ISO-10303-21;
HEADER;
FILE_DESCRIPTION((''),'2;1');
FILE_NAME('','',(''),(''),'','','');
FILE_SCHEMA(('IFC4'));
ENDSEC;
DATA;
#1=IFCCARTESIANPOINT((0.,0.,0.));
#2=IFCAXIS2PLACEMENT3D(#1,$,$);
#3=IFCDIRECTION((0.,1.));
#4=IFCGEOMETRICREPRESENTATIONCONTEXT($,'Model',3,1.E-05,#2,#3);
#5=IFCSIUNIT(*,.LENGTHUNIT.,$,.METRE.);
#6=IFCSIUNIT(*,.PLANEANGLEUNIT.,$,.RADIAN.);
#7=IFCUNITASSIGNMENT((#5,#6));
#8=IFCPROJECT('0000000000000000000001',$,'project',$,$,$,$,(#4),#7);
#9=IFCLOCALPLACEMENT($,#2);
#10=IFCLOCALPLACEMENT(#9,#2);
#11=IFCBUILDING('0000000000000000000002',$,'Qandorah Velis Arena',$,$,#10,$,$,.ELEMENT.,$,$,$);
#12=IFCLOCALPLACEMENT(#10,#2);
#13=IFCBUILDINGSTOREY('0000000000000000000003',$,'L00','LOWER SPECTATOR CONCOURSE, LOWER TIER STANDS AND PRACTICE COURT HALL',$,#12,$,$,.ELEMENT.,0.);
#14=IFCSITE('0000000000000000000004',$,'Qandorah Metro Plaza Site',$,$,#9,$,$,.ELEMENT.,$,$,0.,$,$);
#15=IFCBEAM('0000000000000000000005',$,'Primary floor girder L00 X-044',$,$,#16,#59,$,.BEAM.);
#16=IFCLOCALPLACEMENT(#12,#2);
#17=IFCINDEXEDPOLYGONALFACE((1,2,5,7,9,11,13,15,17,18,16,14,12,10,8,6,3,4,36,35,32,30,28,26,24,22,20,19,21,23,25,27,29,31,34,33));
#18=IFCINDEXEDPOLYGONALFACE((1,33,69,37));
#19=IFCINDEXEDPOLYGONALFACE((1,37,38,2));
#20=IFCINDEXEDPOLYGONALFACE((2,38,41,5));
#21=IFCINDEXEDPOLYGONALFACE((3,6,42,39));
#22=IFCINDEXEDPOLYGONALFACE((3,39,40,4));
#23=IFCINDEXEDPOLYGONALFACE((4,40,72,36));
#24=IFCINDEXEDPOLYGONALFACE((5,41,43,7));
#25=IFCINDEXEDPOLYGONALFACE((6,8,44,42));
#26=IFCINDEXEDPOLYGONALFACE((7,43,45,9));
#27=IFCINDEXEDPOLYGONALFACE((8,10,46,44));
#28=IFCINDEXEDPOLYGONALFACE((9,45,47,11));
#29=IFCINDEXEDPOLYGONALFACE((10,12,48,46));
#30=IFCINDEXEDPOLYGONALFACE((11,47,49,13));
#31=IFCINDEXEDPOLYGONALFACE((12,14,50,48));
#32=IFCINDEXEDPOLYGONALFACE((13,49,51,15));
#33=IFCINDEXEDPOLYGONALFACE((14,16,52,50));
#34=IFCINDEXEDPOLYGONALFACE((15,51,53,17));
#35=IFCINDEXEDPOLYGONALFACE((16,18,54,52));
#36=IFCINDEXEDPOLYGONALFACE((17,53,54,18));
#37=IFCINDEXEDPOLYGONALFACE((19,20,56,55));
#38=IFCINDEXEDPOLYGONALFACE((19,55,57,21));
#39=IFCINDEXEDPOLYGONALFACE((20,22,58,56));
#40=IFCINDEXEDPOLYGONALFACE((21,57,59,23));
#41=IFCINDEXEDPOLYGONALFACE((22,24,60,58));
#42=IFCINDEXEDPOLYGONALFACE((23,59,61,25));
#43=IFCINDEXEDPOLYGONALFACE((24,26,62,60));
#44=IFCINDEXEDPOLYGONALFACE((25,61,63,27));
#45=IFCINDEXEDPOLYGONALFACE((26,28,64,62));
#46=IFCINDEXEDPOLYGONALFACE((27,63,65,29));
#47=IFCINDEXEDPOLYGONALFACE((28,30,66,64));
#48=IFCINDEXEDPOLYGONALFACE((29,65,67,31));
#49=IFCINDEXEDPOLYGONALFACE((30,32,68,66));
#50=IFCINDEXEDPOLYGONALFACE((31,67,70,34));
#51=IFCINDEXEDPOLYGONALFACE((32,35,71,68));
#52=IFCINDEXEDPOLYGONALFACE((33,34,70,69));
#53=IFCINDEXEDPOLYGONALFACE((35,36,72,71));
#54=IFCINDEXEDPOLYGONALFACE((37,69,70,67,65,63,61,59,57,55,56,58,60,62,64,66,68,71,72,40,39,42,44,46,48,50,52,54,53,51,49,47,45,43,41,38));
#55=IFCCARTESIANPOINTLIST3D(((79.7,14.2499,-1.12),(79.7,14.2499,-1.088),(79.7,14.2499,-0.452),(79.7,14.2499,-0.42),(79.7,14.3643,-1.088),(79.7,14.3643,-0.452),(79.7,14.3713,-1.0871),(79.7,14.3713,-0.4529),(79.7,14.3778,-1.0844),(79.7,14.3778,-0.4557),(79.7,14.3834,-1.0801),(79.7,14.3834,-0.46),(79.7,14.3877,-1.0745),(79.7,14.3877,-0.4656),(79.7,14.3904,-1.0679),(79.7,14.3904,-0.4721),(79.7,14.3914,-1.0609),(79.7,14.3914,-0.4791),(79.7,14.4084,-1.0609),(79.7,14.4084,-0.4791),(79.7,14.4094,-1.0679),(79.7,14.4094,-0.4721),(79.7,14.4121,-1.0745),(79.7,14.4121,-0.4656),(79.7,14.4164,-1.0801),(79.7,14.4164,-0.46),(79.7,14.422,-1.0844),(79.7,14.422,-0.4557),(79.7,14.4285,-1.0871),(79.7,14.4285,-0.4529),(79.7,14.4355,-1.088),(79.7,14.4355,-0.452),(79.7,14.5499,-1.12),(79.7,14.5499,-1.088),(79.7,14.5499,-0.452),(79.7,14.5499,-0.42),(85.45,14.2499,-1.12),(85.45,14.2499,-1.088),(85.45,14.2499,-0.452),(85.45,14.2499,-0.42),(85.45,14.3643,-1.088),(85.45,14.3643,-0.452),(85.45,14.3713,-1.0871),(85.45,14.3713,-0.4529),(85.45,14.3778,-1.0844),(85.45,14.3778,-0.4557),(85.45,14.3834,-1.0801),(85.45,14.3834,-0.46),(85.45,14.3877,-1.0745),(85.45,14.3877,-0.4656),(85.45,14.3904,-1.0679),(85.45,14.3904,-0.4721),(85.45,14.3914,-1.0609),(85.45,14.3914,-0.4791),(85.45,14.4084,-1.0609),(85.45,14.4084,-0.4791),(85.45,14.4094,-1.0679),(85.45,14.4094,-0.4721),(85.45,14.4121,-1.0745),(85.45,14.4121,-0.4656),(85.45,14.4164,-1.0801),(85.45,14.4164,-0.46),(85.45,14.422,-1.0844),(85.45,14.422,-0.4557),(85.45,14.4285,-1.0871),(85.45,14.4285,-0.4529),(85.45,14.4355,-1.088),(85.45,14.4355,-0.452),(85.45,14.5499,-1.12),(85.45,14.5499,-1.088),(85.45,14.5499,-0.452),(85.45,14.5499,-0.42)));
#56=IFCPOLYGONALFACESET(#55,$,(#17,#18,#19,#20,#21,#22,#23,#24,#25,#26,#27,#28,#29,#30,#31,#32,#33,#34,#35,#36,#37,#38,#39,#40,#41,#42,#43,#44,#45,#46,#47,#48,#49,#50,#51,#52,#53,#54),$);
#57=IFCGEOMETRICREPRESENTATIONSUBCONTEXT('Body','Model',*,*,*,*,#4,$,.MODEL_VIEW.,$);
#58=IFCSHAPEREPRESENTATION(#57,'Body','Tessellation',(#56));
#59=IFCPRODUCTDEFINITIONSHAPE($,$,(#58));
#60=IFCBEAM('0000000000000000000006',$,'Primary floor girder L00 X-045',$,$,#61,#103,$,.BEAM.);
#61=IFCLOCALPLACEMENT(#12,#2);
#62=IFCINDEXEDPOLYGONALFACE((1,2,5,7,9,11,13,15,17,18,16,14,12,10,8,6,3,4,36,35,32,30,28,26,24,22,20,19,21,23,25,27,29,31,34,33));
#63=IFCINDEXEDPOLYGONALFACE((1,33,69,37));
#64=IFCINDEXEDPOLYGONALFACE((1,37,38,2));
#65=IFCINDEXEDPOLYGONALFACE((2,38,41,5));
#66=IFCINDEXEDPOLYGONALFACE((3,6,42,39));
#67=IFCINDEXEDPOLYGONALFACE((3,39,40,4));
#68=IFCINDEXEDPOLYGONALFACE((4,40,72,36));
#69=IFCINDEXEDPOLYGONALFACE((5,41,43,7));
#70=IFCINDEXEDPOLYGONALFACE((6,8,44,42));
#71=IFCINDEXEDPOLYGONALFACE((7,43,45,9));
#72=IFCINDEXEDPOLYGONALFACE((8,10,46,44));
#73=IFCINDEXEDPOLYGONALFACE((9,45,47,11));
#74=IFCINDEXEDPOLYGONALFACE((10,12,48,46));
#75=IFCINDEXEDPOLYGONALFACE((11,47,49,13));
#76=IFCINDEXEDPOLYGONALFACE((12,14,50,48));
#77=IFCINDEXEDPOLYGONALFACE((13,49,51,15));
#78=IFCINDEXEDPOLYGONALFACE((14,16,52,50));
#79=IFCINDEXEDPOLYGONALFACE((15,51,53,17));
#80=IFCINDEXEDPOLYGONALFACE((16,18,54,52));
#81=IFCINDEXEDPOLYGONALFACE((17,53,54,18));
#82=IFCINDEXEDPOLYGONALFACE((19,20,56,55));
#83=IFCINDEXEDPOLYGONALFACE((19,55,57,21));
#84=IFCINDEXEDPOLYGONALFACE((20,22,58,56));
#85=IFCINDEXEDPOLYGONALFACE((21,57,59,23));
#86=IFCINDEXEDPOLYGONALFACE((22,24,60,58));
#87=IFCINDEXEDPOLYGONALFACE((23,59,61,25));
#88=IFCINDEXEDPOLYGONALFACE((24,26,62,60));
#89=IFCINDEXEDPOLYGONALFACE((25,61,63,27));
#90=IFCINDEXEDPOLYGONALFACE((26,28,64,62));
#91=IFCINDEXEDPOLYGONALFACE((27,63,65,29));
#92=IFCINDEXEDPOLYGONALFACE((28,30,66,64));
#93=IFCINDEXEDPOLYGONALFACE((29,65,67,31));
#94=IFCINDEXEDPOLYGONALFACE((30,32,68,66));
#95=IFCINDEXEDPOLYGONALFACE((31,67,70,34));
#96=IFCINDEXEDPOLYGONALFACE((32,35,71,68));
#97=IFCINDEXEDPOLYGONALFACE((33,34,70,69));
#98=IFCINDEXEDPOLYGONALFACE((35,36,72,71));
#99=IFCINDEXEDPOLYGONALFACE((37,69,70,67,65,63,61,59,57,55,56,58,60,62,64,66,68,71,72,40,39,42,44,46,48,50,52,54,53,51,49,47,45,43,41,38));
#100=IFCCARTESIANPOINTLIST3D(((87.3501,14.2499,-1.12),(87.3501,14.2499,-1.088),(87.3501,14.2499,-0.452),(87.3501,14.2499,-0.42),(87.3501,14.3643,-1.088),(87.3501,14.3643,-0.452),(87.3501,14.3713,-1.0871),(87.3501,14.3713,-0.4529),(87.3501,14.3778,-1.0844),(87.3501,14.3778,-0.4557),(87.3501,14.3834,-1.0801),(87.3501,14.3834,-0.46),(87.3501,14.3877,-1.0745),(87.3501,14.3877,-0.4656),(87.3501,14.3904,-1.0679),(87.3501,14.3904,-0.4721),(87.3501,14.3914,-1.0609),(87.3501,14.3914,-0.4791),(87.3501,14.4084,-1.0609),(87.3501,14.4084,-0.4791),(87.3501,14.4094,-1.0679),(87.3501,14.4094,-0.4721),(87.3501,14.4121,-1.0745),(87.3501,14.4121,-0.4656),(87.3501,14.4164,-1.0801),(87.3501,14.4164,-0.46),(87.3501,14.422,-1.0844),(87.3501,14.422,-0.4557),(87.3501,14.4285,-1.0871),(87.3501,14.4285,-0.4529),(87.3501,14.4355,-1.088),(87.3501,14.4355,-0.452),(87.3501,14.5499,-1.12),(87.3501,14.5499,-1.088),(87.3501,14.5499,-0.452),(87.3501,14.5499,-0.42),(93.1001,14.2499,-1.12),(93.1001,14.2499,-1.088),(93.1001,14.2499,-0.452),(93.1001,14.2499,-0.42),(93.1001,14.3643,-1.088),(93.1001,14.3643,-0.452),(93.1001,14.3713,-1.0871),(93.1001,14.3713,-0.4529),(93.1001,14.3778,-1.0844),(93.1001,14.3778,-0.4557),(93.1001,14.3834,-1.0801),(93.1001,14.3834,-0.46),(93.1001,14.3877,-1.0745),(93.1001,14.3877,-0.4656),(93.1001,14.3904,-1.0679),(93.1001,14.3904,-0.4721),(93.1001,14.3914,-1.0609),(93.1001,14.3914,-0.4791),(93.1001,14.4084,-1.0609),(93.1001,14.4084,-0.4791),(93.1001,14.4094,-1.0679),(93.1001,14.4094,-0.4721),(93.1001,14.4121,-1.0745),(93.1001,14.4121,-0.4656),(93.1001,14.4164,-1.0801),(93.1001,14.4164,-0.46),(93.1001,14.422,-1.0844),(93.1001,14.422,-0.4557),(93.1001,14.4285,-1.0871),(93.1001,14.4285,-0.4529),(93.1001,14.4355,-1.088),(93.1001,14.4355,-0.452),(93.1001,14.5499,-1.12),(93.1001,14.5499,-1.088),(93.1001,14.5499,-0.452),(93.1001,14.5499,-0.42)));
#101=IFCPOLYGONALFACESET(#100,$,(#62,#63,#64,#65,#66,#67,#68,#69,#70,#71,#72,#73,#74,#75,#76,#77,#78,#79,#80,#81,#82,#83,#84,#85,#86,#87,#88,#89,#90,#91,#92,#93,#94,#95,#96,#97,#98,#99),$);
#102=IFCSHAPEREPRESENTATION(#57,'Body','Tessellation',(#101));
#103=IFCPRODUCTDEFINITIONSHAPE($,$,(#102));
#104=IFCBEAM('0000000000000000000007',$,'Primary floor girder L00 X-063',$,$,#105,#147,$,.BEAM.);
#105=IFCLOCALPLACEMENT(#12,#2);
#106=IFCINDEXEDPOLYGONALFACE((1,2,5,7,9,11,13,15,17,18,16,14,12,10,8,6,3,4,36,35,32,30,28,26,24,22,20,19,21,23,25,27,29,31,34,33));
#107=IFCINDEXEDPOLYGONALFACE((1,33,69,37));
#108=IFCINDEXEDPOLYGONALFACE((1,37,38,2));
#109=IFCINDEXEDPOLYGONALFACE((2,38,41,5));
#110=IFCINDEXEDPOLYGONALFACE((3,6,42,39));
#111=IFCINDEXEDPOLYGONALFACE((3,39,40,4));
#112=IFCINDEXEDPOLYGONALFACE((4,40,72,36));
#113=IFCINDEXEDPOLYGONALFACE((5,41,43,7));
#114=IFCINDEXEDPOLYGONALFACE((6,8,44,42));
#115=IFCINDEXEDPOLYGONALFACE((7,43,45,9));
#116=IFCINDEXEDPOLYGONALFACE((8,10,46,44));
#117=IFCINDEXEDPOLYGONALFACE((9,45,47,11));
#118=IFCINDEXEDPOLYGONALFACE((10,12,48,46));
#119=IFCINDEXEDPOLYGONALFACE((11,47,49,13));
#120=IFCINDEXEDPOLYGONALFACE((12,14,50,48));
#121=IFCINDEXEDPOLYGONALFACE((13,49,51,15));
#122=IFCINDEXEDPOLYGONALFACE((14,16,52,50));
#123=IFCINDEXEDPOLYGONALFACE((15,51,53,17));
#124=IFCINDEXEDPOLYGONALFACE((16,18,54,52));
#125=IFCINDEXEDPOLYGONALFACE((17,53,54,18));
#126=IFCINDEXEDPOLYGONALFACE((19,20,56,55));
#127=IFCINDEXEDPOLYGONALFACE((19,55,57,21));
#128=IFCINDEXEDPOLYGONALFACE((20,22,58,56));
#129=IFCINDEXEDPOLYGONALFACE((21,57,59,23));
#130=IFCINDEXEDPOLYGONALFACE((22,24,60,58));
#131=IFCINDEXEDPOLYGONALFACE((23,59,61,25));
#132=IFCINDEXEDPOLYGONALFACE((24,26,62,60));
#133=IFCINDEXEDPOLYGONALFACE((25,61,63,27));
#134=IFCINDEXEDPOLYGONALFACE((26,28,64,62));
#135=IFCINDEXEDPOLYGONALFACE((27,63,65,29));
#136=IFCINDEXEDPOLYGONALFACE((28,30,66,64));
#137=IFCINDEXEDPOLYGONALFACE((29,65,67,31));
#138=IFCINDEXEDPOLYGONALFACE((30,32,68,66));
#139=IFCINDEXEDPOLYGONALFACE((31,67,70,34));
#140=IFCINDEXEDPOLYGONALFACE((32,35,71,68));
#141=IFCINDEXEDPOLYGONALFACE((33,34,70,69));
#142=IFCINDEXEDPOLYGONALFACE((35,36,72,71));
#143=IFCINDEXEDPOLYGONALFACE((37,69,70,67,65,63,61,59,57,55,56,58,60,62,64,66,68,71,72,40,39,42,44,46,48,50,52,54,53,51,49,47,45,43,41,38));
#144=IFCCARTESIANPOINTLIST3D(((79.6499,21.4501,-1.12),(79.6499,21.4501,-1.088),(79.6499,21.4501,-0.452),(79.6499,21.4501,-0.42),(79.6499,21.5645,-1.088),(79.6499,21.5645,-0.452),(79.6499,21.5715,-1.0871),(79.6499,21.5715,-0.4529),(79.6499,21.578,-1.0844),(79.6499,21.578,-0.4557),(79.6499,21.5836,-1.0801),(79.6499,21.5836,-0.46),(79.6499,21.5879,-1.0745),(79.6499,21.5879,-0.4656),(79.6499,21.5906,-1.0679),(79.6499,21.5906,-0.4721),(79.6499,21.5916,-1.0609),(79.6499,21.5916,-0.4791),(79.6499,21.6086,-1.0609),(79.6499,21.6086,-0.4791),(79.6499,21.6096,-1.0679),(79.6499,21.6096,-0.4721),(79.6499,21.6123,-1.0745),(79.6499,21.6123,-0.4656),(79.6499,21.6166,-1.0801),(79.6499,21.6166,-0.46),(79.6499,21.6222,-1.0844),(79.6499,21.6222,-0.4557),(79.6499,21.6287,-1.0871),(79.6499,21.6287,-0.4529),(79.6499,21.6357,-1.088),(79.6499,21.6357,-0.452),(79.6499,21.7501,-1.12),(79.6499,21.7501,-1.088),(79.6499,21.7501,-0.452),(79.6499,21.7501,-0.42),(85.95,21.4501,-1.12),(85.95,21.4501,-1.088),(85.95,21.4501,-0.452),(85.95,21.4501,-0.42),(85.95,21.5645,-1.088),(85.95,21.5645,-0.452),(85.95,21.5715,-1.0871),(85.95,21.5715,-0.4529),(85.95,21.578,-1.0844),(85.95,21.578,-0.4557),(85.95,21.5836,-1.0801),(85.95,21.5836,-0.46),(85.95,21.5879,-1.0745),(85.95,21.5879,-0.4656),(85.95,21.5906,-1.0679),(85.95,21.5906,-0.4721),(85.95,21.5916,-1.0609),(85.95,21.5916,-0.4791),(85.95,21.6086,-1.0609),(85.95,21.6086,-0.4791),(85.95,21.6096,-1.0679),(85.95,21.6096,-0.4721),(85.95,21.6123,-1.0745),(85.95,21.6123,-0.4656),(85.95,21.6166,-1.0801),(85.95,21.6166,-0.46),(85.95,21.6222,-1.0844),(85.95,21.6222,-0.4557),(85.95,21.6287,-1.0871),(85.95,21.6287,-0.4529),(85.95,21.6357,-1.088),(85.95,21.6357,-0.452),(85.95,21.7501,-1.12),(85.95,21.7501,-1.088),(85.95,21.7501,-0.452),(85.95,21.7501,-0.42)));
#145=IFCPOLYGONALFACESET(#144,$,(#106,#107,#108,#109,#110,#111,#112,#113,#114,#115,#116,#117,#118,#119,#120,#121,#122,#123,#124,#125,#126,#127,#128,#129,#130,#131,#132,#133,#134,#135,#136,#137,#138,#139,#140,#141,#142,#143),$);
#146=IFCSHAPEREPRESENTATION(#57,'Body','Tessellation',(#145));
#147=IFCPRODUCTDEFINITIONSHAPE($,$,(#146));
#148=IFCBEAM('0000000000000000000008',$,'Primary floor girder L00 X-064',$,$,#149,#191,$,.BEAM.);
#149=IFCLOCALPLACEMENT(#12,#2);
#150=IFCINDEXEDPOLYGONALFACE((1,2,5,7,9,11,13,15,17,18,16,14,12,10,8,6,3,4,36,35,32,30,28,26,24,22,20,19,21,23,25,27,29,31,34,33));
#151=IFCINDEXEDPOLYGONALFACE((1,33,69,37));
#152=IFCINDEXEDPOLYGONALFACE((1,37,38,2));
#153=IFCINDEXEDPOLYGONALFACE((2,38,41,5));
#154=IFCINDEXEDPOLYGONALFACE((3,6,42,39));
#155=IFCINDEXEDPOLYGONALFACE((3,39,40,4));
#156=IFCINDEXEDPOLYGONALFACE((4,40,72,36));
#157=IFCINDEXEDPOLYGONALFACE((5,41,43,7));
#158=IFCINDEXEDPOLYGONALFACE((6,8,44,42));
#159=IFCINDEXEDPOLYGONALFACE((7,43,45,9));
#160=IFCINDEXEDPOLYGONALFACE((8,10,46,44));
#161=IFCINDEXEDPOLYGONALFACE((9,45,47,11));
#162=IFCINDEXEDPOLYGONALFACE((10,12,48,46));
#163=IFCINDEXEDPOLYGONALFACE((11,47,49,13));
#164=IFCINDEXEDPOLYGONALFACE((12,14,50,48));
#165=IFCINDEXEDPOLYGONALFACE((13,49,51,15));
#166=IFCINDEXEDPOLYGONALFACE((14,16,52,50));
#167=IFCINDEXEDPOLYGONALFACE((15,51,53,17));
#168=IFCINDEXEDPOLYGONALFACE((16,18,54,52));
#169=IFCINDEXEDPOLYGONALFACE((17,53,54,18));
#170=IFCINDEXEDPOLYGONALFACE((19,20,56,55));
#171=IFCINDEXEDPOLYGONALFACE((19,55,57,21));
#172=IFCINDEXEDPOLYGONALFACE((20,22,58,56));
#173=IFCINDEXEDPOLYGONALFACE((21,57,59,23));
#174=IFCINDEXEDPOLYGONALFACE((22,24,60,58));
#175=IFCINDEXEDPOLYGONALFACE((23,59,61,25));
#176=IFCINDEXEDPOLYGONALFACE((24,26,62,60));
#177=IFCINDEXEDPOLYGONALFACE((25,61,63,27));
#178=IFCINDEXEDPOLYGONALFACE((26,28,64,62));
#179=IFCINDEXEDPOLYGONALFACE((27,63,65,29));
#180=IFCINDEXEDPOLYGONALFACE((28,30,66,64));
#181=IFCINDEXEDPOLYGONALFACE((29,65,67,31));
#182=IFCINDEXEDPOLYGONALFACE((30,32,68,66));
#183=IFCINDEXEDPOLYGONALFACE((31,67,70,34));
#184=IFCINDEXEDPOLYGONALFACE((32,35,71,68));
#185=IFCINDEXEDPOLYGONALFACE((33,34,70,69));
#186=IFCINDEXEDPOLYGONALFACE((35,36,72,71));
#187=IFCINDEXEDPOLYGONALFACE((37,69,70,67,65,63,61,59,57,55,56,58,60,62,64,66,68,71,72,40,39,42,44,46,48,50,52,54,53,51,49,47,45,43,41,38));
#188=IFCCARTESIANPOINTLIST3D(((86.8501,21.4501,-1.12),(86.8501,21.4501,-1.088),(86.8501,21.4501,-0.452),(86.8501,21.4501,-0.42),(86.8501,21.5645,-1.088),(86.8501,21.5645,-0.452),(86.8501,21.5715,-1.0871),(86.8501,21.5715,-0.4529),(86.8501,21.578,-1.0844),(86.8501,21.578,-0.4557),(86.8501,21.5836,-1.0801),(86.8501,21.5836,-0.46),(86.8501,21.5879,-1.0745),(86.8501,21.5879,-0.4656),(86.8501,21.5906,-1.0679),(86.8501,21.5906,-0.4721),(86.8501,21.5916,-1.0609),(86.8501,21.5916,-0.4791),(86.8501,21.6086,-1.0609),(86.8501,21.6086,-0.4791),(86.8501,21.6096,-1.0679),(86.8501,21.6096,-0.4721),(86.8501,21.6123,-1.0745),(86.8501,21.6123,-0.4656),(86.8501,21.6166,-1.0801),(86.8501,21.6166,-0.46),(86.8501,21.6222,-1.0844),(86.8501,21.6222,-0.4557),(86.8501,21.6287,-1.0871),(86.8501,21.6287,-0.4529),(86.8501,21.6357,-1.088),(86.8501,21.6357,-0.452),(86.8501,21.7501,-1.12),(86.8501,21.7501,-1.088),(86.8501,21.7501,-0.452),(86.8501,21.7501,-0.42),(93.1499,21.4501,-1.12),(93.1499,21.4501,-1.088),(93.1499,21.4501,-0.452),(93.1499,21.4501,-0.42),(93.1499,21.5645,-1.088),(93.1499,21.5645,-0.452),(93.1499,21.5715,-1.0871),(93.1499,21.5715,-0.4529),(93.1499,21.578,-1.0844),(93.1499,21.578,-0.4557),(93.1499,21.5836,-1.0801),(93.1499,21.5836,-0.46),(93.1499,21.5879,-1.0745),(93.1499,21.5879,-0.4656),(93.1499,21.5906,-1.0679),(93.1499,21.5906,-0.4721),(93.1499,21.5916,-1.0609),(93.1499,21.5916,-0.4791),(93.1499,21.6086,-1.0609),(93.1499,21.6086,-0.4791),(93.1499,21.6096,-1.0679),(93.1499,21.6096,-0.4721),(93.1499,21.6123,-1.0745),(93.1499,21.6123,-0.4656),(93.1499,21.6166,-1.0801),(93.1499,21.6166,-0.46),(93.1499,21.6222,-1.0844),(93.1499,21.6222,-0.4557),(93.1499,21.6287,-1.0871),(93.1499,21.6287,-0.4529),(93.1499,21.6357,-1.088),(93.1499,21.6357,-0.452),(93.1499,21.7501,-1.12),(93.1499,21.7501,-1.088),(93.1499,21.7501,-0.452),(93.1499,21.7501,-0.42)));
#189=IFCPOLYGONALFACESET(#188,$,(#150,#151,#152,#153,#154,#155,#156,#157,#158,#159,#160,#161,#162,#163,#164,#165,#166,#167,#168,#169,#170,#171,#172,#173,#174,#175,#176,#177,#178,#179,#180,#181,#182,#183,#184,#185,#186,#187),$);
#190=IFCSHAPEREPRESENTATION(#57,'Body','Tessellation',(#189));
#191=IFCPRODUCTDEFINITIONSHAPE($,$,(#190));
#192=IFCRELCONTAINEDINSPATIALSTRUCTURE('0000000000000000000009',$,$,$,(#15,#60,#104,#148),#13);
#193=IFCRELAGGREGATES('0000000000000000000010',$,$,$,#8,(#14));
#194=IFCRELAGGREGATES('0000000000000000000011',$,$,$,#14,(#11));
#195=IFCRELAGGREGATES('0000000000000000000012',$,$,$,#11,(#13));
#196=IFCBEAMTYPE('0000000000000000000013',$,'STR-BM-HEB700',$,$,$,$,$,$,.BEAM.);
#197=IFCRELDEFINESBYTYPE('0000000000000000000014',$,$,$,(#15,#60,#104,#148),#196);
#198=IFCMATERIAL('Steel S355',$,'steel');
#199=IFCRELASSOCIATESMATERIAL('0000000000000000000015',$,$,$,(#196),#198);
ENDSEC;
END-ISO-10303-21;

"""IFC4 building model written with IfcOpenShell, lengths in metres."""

from ifc_helpers import new_model, si_unit, direction, frame, origin, origin_2d, place, context, subcontext, project, spatial, i_section, extrude, material, material_profile, profile_set, type_object, element, save


model = new_model("IFC4")

# Units and contexts
model_context = context("Model", 3, precision=1e-05, world=origin(), true_north=direction((0.0, 1.0)))
body_context = subcontext(model_context, "Body", "Model", "MODEL_VIEW")
ifc_project = project(units=[si_unit("LENGTHUNIT", "METRE"), si_unit("PLANEANGLEUNIT", "RADIAN")], contexts=[model_context])

# Site, building, storey
site_placement = place(None, origin())
site = spatial("IfcSite", under=ifc_project, at=site_placement, Name="Qandorah Metro Plaza Site", CompositionType="ELEMENT", RefElevation=0.0)
building_placement = place(site_placement, origin())
building = spatial("IfcBuilding", under=site, at=building_placement, Name="Qandorah Velis Arena", CompositionType="ELEMENT")
storey_placement = place(building_placement, origin())
storey = spatial("IfcBuildingStorey", under=building, at=storey_placement, Name="L00", Description="LOWER SPECTATOR CONCOURSE, LOWER TIER STANDS AND PRACTICE COURT HALL", CompositionType="ELEMENT", Elevation=0.0)

# Beams
ifc_material_1 = material(Name="Steel S355", Category="steel")
ifc_material_profile_1 = material_profile(ifc_material_1, i_section(OverallWidth=0.3, OverallDepth=0.7, WebThickness=0.0171, FlangeThickness=0.032, FilletRadius=0.0271, at=origin_2d()), Name="HEB 700")
ifc_profile_set_1 = profile_set([ifc_material_profile_1], Name="Steel S355")
beam_type_1 = type_object("IfcBeamType", Name="STR-BM-HEB700", PredefinedType="BEAM", material=ifc_profile_set_1)
for number, where, z_axis, x_axis, name in (
    (1, (79.7, 14.3999, -0.77), (1.0, 0.0, 0.0), (0.0, 1.0, 0.0), "Primary floor girder L00 X-044"),
    (2, (87.3501, 14.3999, -0.77), (1.0, 0.0, 0.0), (0.0, 1.0, 0.0), "Primary floor girder L00 X-045"),
):
    element("IfcBeam", number, at=place(storey_placement, frame(where, z_axis=z_axis, x_axis=x_axis)), inside=storey, type_object=beam_type_1, Name=name, PredefinedType="BEAM", context=body_context, shape_type="SweptSolid", body=[
        extrude(i_section(OverallWidth=0.3, OverallDepth=0.7, WebThickness=0.0171, FlangeThickness=0.032, FilletRadius=0.0271, at=origin_2d()), origin(), (0.0, 0.0, 1.0), 5.75),
    ])
beam_1_placement = place(storey_placement, frame((79.6499, 21.6001, -0.77), z_axis=(1.0, 0.0, 0.0), x_axis=(0.0, 1.0, 0.0)))
element("IfcBeam", 3, at=beam_1_placement, inside=storey, type_object=beam_type_1, Name="Primary floor girder L00 X-063", PredefinedType="BEAM", context=body_context, shape_type="SweptSolid", body=[
    extrude(i_section(OverallWidth=0.3, OverallDepth=0.7, WebThickness=0.0171, FlangeThickness=0.032, FilletRadius=0.0271, at=origin_2d()), origin(), (0.0, 0.0, 1.0), 6.3),
])
beam_2_placement = place(storey_placement, frame((86.8501, 21.6001, -0.77), z_axis=(1.0, 0.0, 0.0), x_axis=(0.0, 1.0, 0.0)))
element("IfcBeam", 4, at=beam_2_placement, inside=storey, type_object=beam_type_1, Name="Primary floor girder L00 X-064", PredefinedType="BEAM", context=body_context, shape_type="SweptSolid", body=[
    extrude(i_section(OverallWidth=0.3, OverallDepth=0.7, WebThickness=0.0171, FlangeThickness=0.032, FilletRadius=0.0271, at=origin_2d()), origin(), (0.0, 0.0, 1.0), 6.2998),
])

save(model, "model.ifc")
